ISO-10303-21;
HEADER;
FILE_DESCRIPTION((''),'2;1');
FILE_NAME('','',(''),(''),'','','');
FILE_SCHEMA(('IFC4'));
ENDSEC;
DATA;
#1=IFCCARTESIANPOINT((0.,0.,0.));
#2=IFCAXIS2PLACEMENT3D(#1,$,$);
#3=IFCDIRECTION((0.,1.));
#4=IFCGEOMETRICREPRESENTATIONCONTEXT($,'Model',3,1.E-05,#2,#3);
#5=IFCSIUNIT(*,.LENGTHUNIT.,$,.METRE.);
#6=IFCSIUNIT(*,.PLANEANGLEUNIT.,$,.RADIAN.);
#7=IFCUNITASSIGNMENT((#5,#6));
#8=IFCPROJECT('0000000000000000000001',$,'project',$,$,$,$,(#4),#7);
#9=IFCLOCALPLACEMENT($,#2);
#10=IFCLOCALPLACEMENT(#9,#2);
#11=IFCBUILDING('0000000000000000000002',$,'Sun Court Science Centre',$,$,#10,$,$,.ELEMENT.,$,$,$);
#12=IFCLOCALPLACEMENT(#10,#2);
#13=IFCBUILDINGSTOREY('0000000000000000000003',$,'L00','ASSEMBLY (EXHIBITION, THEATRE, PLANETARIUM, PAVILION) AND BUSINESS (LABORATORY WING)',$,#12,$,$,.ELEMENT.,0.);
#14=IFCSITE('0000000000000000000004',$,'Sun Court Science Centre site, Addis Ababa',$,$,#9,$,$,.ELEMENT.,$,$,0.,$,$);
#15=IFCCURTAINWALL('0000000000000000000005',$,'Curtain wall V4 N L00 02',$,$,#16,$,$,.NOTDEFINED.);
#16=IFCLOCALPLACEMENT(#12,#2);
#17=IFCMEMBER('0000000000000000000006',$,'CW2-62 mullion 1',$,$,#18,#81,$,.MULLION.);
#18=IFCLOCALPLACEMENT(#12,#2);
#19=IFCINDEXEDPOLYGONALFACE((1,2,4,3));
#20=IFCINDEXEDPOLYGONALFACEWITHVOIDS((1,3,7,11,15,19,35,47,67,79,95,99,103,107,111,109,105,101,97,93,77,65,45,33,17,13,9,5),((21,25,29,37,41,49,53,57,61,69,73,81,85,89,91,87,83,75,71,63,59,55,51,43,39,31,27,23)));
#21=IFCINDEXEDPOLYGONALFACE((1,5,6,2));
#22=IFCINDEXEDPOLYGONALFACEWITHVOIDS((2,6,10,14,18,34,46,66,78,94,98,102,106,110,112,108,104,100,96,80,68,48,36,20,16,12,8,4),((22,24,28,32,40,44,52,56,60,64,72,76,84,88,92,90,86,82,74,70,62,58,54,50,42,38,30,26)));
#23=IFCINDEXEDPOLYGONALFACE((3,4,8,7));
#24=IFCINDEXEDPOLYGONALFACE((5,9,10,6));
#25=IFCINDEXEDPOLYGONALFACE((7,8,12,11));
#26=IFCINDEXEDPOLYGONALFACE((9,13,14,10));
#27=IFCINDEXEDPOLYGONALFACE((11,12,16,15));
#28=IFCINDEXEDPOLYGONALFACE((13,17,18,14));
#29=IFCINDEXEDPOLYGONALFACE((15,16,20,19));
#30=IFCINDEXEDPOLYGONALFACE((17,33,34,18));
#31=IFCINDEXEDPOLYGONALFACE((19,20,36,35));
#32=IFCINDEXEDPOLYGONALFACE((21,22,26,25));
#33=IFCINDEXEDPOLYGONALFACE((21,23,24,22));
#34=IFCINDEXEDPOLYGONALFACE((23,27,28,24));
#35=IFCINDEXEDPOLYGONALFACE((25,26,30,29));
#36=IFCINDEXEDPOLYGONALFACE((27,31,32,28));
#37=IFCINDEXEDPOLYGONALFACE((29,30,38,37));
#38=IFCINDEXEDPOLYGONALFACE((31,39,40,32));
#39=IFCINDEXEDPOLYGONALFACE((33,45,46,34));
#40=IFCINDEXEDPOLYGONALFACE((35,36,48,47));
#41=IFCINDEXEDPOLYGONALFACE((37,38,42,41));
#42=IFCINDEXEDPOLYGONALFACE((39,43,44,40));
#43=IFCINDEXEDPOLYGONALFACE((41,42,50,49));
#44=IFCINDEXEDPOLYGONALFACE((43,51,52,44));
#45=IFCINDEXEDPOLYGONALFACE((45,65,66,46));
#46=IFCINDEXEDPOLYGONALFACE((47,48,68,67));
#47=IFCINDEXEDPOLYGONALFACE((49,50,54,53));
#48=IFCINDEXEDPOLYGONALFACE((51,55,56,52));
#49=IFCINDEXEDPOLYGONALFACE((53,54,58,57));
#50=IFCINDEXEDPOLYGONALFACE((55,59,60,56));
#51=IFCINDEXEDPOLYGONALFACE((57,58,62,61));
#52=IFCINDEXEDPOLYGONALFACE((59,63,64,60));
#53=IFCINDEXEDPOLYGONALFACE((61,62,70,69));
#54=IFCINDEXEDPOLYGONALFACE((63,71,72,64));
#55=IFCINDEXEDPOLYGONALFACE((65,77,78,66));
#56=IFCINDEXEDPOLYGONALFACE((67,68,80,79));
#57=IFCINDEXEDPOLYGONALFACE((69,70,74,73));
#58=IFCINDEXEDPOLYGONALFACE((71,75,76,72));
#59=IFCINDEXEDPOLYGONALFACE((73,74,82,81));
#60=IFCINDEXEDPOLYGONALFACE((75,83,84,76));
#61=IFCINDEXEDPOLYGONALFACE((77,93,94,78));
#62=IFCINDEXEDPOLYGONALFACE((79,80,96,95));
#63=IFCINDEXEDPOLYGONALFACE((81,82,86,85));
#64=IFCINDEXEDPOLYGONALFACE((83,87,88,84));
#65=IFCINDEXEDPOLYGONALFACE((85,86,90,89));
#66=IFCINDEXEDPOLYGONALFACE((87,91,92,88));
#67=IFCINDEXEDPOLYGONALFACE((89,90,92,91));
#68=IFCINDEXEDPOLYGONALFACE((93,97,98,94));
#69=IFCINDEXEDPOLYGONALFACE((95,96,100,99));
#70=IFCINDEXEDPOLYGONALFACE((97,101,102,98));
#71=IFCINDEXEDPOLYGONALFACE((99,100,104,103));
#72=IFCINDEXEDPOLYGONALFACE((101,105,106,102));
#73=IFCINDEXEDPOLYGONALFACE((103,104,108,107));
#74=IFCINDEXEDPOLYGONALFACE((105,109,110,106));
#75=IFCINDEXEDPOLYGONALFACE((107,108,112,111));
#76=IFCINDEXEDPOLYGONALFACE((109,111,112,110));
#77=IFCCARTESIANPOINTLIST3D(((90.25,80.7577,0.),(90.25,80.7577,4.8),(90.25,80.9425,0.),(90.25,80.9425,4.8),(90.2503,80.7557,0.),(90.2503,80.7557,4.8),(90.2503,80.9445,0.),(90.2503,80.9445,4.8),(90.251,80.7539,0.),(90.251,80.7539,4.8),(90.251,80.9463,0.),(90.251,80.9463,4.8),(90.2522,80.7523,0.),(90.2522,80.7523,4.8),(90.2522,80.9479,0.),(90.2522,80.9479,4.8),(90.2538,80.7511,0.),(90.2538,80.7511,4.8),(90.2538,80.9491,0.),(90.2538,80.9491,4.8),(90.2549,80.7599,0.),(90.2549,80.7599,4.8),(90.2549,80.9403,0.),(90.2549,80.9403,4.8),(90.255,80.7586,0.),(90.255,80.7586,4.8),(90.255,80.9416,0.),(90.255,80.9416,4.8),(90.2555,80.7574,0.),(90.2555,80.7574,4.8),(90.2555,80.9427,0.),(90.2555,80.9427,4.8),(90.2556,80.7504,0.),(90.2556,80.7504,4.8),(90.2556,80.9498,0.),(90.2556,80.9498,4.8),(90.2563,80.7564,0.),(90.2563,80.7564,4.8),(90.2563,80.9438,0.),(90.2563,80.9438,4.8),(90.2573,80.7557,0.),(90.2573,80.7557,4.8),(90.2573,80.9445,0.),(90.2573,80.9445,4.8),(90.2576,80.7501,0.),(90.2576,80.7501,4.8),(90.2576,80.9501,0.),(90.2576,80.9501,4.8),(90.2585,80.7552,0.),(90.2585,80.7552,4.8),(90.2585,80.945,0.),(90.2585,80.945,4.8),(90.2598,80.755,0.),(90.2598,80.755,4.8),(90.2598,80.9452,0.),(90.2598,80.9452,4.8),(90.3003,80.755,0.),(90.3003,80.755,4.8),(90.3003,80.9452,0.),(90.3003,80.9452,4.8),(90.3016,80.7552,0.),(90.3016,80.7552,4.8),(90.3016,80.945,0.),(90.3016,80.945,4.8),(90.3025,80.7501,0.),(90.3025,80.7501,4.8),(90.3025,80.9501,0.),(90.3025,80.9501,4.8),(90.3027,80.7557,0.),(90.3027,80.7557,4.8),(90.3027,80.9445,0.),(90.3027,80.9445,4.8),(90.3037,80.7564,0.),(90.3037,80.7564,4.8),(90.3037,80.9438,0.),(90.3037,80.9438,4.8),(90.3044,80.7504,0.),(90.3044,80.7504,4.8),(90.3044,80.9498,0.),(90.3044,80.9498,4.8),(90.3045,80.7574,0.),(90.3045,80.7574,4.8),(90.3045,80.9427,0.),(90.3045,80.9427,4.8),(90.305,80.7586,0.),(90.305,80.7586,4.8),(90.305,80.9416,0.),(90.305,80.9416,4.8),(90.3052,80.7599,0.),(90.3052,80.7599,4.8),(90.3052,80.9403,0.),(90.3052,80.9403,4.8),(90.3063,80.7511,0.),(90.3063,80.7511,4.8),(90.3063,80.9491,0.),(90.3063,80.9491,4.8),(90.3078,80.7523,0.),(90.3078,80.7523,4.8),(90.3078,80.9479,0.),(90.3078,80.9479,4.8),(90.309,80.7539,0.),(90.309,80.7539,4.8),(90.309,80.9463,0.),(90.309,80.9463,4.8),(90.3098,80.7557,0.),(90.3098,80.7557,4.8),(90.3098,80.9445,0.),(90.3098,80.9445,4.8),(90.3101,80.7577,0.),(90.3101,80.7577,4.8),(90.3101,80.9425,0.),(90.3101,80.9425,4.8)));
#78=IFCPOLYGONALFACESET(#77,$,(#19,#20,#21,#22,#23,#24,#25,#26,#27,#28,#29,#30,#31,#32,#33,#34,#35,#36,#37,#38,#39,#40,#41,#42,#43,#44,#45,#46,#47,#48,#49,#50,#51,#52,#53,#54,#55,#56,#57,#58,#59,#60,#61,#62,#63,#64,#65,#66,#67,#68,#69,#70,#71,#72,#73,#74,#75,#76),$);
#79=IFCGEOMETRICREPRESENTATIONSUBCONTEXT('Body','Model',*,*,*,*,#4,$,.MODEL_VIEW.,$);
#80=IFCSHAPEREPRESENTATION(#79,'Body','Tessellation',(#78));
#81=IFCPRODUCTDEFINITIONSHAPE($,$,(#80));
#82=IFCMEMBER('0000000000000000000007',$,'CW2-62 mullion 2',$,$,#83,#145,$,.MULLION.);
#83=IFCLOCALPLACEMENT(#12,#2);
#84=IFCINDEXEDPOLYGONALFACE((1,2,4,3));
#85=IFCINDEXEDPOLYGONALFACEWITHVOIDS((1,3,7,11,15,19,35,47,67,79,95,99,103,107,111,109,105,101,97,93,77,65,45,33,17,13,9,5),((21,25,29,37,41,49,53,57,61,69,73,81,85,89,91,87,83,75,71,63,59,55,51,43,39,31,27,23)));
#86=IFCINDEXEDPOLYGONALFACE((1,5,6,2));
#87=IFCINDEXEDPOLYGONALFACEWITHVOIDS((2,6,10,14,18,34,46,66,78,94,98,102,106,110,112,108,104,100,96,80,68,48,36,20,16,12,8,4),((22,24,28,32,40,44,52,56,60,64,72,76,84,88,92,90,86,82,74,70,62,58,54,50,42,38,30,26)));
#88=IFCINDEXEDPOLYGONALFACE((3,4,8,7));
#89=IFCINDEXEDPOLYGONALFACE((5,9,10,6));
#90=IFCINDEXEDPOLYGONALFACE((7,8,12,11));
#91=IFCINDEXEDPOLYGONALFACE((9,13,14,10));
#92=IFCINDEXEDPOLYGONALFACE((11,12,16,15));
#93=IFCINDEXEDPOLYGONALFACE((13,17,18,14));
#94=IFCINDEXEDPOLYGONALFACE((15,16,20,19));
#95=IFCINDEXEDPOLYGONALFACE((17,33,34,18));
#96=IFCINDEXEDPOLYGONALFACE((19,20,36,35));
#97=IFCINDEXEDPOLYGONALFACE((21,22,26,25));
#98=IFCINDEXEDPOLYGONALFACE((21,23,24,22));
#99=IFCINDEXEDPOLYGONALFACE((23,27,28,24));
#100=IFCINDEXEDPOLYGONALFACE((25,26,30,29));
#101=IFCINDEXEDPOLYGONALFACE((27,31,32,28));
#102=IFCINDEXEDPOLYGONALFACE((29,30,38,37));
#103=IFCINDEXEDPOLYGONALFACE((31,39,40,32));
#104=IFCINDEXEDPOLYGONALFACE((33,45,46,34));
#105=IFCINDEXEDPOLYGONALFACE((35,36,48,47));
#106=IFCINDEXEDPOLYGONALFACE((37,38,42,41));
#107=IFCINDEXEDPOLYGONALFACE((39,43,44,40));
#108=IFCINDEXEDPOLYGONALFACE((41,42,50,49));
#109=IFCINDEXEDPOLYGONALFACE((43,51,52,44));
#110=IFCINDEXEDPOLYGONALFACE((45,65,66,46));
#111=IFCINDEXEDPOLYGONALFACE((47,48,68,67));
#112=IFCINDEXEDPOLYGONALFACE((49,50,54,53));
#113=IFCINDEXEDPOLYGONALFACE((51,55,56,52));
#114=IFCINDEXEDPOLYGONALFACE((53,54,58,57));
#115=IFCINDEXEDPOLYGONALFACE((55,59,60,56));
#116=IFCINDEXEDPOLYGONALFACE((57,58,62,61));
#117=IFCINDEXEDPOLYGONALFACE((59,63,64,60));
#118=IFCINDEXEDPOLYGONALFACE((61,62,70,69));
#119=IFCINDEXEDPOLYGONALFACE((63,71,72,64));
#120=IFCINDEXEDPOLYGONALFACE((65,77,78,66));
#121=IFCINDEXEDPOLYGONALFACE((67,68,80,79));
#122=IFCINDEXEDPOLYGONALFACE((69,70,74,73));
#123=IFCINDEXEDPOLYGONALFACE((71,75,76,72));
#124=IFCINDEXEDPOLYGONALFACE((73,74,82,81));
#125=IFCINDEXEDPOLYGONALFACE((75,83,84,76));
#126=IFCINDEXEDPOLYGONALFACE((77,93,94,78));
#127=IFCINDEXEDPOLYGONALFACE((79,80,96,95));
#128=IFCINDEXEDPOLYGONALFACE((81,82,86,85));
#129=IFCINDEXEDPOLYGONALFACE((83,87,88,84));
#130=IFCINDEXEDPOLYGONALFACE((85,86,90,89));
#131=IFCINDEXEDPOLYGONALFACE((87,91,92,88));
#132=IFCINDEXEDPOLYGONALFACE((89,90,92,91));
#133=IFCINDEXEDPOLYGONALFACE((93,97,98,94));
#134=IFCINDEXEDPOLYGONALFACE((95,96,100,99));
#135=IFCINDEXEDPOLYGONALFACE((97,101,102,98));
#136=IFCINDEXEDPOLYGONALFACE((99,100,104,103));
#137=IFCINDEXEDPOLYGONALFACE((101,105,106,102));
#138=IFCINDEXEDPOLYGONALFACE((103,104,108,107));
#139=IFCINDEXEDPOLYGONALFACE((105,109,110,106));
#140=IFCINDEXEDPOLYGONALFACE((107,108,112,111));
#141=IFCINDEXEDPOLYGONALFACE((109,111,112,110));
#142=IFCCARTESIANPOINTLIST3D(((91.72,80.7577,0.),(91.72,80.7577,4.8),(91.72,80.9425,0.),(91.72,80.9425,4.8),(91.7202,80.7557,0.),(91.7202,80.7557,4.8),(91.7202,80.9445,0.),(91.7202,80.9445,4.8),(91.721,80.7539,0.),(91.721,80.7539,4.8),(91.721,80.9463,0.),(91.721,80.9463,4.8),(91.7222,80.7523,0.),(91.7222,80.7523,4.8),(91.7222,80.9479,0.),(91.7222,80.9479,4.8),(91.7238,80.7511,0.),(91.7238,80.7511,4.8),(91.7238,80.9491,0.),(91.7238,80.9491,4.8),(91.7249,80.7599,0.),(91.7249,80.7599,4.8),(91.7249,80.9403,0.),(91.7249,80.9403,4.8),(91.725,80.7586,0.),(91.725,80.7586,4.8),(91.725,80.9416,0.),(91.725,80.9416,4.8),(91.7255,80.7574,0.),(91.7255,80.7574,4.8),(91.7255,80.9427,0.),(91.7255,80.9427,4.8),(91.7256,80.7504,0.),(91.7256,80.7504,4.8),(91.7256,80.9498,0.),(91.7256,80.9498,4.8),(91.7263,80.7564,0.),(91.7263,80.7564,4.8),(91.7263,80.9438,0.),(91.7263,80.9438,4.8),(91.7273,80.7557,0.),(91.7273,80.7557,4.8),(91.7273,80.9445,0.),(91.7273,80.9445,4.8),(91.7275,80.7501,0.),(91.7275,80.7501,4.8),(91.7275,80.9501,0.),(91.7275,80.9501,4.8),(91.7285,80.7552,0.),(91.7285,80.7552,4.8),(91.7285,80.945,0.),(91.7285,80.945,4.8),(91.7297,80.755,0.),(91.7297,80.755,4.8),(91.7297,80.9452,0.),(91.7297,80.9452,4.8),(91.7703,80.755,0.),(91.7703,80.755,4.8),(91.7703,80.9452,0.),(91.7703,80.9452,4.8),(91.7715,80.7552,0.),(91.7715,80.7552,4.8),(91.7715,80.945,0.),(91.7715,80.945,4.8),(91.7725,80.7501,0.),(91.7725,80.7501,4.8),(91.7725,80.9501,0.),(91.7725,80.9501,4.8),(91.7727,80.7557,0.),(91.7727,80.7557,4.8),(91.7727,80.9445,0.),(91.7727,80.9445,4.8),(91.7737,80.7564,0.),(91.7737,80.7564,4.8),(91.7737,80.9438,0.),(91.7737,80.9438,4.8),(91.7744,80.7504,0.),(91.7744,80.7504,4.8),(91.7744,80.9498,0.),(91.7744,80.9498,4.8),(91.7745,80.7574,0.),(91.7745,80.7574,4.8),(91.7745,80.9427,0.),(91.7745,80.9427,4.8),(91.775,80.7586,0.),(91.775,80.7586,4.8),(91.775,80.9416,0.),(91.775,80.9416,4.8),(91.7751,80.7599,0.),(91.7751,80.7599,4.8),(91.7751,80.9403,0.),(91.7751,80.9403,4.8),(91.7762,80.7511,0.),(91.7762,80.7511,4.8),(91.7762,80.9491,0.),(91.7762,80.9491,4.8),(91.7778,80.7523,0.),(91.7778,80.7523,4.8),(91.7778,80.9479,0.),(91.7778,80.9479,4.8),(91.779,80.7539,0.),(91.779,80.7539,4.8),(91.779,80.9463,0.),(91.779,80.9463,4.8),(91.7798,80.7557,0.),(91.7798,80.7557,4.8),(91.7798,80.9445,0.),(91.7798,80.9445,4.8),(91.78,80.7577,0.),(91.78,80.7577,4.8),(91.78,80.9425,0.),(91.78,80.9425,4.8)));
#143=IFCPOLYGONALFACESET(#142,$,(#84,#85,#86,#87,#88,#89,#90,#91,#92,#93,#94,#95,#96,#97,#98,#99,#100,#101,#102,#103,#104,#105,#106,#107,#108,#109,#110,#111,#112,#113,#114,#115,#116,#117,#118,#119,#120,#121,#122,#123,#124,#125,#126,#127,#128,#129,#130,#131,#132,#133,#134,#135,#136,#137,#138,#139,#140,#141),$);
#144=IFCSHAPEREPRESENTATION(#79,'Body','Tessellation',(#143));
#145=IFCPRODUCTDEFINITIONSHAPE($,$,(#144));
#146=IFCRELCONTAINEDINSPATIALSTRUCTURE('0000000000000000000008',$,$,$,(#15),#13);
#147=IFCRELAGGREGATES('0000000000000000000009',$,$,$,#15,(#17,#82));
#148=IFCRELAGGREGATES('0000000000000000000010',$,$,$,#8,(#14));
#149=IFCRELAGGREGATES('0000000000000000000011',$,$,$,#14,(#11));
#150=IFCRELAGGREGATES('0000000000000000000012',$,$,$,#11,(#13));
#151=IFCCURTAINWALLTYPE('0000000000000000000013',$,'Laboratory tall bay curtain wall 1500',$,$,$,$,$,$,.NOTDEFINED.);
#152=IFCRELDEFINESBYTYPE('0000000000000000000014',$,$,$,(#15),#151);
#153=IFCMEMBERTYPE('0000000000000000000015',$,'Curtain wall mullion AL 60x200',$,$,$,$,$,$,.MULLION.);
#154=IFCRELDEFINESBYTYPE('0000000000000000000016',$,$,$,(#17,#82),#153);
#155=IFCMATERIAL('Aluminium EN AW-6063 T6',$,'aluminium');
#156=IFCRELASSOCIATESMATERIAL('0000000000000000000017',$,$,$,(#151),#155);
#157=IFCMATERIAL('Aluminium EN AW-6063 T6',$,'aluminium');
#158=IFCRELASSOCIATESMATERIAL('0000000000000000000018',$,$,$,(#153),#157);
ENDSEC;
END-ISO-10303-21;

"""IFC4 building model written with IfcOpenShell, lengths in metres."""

from ifc_helpers import new_model, si_unit, direction, frame, origin, origin_2d, place, context, subcontext, project, spatial, hollow_rectangle, extrude, material, material_profile, profile_set, type_object, element, aggregate, save


model = new_model("IFC4")

# Units and contexts
model_context = context("Model", 3, precision=1e-05, world=origin(), true_north=direction((0.0, 1.0)))
body_context = subcontext(model_context, "Body", "Model", "MODEL_VIEW")
ifc_project = project(units=[si_unit("LENGTHUNIT", "METRE"), si_unit("PLANEANGLEUNIT", "RADIAN")], contexts=[model_context])

# Site, building, storey
site_placement = place(None, origin())
site = spatial("IfcSite", under=ifc_project, at=site_placement, Name="Sun Court Science Centre site, Addis Ababa", CompositionType="ELEMENT", RefElevation=0.0)
building_placement = place(site_placement, origin())
building = spatial("IfcBuilding", under=site, at=building_placement, Name="Sun Court Science Centre", CompositionType="ELEMENT")
storey_placement = place(building_placement, origin())
storey = spatial("IfcBuildingStorey", under=building, at=storey_placement, Name="L00", Description="ASSEMBLY (EXHIBITION, THEATRE, PLANETARIUM, PAVILION) AND BUSINESS (LABORATORY WING)", CompositionType="ELEMENT", Elevation=0.0)

# Curtain wall, members
ifc_material_1 = material(Name="Aluminium EN AW-6063 T6", Category="aluminium")
curtain_wall_type = type_object("IfcCurtainWallType", Name="Laboratory tall bay curtain wall 1500", PredefinedType="NOTDEFINED", material=ifc_material_1)
curtain_wall_placement = place(storey_placement, origin())
curtain_wall = element("IfcCurtainWall", 1, at=curtain_wall_placement, inside=storey, type_object=curtain_wall_type, Name="Curtain wall V4 N L00 02", PredefinedType="NOTDEFINED")
ifc_material_2 = material(Name="Aluminium EN AW-6063 T6", Category="aluminium")
ifc_material_profile_1 = material_profile(ifc_material_2, hollow_rectangle(XDim=0.0601, YDim=0.2, WallThickness=0.0049, InnerFilletRadius=0.0049, OuterFilletRadius=0.0076, at=origin_2d()), Name="AL 60x200x5")
ifc_profile_set_1 = profile_set([ifc_material_profile_1], Name="Aluminium EN AW-6063 T6")
member_type_1 = type_object("IfcMemberType", Name="Curtain wall mullion AL 60x200", PredefinedType="MULLION", material=ifc_profile_set_1)
member_1_placement = place(storey_placement, frame((90.28, 80.8501, 0.0), z_axis=(0.0, 0.0, 1.0), x_axis=(1.0, 0.0, 0.0)))
member_1 = element("IfcMember", 2, at=member_1_placement, type_object=member_type_1, Name="CW2-62 mullion 1", PredefinedType="MULLION", context=body_context, shape_type="SweptSolid", body=[
    extrude(hollow_rectangle(XDim=0.0601, YDim=0.2, WallThickness=0.0049, InnerFilletRadius=0.0049, OuterFilletRadius=0.0076, at=origin_2d()), origin(), (0.0, 0.0, 1.0), 4.8),
])
member_2_placement = place(storey_placement, frame((91.75, 80.8501, 0.0), z_axis=(0.0, 0.0, 1.0), x_axis=(1.0, 0.0, 0.0)))
member_2 = element("IfcMember", 3, at=member_2_placement, type_object=member_type_1, Name="CW2-62 mullion 2", PredefinedType="MULLION", context=body_context, shape_type="SweptSolid", body=[
    extrude(hollow_rectangle(XDim=0.0601, YDim=0.2, WallThickness=0.0049, InnerFilletRadius=0.0049, OuterFilletRadius=0.0076, at=origin_2d()), origin(), (0.0, 0.0, 1.0), 4.8),
])
aggregate(curtain_wall, [member_1, member_2])

save(model, "model.ifc")
